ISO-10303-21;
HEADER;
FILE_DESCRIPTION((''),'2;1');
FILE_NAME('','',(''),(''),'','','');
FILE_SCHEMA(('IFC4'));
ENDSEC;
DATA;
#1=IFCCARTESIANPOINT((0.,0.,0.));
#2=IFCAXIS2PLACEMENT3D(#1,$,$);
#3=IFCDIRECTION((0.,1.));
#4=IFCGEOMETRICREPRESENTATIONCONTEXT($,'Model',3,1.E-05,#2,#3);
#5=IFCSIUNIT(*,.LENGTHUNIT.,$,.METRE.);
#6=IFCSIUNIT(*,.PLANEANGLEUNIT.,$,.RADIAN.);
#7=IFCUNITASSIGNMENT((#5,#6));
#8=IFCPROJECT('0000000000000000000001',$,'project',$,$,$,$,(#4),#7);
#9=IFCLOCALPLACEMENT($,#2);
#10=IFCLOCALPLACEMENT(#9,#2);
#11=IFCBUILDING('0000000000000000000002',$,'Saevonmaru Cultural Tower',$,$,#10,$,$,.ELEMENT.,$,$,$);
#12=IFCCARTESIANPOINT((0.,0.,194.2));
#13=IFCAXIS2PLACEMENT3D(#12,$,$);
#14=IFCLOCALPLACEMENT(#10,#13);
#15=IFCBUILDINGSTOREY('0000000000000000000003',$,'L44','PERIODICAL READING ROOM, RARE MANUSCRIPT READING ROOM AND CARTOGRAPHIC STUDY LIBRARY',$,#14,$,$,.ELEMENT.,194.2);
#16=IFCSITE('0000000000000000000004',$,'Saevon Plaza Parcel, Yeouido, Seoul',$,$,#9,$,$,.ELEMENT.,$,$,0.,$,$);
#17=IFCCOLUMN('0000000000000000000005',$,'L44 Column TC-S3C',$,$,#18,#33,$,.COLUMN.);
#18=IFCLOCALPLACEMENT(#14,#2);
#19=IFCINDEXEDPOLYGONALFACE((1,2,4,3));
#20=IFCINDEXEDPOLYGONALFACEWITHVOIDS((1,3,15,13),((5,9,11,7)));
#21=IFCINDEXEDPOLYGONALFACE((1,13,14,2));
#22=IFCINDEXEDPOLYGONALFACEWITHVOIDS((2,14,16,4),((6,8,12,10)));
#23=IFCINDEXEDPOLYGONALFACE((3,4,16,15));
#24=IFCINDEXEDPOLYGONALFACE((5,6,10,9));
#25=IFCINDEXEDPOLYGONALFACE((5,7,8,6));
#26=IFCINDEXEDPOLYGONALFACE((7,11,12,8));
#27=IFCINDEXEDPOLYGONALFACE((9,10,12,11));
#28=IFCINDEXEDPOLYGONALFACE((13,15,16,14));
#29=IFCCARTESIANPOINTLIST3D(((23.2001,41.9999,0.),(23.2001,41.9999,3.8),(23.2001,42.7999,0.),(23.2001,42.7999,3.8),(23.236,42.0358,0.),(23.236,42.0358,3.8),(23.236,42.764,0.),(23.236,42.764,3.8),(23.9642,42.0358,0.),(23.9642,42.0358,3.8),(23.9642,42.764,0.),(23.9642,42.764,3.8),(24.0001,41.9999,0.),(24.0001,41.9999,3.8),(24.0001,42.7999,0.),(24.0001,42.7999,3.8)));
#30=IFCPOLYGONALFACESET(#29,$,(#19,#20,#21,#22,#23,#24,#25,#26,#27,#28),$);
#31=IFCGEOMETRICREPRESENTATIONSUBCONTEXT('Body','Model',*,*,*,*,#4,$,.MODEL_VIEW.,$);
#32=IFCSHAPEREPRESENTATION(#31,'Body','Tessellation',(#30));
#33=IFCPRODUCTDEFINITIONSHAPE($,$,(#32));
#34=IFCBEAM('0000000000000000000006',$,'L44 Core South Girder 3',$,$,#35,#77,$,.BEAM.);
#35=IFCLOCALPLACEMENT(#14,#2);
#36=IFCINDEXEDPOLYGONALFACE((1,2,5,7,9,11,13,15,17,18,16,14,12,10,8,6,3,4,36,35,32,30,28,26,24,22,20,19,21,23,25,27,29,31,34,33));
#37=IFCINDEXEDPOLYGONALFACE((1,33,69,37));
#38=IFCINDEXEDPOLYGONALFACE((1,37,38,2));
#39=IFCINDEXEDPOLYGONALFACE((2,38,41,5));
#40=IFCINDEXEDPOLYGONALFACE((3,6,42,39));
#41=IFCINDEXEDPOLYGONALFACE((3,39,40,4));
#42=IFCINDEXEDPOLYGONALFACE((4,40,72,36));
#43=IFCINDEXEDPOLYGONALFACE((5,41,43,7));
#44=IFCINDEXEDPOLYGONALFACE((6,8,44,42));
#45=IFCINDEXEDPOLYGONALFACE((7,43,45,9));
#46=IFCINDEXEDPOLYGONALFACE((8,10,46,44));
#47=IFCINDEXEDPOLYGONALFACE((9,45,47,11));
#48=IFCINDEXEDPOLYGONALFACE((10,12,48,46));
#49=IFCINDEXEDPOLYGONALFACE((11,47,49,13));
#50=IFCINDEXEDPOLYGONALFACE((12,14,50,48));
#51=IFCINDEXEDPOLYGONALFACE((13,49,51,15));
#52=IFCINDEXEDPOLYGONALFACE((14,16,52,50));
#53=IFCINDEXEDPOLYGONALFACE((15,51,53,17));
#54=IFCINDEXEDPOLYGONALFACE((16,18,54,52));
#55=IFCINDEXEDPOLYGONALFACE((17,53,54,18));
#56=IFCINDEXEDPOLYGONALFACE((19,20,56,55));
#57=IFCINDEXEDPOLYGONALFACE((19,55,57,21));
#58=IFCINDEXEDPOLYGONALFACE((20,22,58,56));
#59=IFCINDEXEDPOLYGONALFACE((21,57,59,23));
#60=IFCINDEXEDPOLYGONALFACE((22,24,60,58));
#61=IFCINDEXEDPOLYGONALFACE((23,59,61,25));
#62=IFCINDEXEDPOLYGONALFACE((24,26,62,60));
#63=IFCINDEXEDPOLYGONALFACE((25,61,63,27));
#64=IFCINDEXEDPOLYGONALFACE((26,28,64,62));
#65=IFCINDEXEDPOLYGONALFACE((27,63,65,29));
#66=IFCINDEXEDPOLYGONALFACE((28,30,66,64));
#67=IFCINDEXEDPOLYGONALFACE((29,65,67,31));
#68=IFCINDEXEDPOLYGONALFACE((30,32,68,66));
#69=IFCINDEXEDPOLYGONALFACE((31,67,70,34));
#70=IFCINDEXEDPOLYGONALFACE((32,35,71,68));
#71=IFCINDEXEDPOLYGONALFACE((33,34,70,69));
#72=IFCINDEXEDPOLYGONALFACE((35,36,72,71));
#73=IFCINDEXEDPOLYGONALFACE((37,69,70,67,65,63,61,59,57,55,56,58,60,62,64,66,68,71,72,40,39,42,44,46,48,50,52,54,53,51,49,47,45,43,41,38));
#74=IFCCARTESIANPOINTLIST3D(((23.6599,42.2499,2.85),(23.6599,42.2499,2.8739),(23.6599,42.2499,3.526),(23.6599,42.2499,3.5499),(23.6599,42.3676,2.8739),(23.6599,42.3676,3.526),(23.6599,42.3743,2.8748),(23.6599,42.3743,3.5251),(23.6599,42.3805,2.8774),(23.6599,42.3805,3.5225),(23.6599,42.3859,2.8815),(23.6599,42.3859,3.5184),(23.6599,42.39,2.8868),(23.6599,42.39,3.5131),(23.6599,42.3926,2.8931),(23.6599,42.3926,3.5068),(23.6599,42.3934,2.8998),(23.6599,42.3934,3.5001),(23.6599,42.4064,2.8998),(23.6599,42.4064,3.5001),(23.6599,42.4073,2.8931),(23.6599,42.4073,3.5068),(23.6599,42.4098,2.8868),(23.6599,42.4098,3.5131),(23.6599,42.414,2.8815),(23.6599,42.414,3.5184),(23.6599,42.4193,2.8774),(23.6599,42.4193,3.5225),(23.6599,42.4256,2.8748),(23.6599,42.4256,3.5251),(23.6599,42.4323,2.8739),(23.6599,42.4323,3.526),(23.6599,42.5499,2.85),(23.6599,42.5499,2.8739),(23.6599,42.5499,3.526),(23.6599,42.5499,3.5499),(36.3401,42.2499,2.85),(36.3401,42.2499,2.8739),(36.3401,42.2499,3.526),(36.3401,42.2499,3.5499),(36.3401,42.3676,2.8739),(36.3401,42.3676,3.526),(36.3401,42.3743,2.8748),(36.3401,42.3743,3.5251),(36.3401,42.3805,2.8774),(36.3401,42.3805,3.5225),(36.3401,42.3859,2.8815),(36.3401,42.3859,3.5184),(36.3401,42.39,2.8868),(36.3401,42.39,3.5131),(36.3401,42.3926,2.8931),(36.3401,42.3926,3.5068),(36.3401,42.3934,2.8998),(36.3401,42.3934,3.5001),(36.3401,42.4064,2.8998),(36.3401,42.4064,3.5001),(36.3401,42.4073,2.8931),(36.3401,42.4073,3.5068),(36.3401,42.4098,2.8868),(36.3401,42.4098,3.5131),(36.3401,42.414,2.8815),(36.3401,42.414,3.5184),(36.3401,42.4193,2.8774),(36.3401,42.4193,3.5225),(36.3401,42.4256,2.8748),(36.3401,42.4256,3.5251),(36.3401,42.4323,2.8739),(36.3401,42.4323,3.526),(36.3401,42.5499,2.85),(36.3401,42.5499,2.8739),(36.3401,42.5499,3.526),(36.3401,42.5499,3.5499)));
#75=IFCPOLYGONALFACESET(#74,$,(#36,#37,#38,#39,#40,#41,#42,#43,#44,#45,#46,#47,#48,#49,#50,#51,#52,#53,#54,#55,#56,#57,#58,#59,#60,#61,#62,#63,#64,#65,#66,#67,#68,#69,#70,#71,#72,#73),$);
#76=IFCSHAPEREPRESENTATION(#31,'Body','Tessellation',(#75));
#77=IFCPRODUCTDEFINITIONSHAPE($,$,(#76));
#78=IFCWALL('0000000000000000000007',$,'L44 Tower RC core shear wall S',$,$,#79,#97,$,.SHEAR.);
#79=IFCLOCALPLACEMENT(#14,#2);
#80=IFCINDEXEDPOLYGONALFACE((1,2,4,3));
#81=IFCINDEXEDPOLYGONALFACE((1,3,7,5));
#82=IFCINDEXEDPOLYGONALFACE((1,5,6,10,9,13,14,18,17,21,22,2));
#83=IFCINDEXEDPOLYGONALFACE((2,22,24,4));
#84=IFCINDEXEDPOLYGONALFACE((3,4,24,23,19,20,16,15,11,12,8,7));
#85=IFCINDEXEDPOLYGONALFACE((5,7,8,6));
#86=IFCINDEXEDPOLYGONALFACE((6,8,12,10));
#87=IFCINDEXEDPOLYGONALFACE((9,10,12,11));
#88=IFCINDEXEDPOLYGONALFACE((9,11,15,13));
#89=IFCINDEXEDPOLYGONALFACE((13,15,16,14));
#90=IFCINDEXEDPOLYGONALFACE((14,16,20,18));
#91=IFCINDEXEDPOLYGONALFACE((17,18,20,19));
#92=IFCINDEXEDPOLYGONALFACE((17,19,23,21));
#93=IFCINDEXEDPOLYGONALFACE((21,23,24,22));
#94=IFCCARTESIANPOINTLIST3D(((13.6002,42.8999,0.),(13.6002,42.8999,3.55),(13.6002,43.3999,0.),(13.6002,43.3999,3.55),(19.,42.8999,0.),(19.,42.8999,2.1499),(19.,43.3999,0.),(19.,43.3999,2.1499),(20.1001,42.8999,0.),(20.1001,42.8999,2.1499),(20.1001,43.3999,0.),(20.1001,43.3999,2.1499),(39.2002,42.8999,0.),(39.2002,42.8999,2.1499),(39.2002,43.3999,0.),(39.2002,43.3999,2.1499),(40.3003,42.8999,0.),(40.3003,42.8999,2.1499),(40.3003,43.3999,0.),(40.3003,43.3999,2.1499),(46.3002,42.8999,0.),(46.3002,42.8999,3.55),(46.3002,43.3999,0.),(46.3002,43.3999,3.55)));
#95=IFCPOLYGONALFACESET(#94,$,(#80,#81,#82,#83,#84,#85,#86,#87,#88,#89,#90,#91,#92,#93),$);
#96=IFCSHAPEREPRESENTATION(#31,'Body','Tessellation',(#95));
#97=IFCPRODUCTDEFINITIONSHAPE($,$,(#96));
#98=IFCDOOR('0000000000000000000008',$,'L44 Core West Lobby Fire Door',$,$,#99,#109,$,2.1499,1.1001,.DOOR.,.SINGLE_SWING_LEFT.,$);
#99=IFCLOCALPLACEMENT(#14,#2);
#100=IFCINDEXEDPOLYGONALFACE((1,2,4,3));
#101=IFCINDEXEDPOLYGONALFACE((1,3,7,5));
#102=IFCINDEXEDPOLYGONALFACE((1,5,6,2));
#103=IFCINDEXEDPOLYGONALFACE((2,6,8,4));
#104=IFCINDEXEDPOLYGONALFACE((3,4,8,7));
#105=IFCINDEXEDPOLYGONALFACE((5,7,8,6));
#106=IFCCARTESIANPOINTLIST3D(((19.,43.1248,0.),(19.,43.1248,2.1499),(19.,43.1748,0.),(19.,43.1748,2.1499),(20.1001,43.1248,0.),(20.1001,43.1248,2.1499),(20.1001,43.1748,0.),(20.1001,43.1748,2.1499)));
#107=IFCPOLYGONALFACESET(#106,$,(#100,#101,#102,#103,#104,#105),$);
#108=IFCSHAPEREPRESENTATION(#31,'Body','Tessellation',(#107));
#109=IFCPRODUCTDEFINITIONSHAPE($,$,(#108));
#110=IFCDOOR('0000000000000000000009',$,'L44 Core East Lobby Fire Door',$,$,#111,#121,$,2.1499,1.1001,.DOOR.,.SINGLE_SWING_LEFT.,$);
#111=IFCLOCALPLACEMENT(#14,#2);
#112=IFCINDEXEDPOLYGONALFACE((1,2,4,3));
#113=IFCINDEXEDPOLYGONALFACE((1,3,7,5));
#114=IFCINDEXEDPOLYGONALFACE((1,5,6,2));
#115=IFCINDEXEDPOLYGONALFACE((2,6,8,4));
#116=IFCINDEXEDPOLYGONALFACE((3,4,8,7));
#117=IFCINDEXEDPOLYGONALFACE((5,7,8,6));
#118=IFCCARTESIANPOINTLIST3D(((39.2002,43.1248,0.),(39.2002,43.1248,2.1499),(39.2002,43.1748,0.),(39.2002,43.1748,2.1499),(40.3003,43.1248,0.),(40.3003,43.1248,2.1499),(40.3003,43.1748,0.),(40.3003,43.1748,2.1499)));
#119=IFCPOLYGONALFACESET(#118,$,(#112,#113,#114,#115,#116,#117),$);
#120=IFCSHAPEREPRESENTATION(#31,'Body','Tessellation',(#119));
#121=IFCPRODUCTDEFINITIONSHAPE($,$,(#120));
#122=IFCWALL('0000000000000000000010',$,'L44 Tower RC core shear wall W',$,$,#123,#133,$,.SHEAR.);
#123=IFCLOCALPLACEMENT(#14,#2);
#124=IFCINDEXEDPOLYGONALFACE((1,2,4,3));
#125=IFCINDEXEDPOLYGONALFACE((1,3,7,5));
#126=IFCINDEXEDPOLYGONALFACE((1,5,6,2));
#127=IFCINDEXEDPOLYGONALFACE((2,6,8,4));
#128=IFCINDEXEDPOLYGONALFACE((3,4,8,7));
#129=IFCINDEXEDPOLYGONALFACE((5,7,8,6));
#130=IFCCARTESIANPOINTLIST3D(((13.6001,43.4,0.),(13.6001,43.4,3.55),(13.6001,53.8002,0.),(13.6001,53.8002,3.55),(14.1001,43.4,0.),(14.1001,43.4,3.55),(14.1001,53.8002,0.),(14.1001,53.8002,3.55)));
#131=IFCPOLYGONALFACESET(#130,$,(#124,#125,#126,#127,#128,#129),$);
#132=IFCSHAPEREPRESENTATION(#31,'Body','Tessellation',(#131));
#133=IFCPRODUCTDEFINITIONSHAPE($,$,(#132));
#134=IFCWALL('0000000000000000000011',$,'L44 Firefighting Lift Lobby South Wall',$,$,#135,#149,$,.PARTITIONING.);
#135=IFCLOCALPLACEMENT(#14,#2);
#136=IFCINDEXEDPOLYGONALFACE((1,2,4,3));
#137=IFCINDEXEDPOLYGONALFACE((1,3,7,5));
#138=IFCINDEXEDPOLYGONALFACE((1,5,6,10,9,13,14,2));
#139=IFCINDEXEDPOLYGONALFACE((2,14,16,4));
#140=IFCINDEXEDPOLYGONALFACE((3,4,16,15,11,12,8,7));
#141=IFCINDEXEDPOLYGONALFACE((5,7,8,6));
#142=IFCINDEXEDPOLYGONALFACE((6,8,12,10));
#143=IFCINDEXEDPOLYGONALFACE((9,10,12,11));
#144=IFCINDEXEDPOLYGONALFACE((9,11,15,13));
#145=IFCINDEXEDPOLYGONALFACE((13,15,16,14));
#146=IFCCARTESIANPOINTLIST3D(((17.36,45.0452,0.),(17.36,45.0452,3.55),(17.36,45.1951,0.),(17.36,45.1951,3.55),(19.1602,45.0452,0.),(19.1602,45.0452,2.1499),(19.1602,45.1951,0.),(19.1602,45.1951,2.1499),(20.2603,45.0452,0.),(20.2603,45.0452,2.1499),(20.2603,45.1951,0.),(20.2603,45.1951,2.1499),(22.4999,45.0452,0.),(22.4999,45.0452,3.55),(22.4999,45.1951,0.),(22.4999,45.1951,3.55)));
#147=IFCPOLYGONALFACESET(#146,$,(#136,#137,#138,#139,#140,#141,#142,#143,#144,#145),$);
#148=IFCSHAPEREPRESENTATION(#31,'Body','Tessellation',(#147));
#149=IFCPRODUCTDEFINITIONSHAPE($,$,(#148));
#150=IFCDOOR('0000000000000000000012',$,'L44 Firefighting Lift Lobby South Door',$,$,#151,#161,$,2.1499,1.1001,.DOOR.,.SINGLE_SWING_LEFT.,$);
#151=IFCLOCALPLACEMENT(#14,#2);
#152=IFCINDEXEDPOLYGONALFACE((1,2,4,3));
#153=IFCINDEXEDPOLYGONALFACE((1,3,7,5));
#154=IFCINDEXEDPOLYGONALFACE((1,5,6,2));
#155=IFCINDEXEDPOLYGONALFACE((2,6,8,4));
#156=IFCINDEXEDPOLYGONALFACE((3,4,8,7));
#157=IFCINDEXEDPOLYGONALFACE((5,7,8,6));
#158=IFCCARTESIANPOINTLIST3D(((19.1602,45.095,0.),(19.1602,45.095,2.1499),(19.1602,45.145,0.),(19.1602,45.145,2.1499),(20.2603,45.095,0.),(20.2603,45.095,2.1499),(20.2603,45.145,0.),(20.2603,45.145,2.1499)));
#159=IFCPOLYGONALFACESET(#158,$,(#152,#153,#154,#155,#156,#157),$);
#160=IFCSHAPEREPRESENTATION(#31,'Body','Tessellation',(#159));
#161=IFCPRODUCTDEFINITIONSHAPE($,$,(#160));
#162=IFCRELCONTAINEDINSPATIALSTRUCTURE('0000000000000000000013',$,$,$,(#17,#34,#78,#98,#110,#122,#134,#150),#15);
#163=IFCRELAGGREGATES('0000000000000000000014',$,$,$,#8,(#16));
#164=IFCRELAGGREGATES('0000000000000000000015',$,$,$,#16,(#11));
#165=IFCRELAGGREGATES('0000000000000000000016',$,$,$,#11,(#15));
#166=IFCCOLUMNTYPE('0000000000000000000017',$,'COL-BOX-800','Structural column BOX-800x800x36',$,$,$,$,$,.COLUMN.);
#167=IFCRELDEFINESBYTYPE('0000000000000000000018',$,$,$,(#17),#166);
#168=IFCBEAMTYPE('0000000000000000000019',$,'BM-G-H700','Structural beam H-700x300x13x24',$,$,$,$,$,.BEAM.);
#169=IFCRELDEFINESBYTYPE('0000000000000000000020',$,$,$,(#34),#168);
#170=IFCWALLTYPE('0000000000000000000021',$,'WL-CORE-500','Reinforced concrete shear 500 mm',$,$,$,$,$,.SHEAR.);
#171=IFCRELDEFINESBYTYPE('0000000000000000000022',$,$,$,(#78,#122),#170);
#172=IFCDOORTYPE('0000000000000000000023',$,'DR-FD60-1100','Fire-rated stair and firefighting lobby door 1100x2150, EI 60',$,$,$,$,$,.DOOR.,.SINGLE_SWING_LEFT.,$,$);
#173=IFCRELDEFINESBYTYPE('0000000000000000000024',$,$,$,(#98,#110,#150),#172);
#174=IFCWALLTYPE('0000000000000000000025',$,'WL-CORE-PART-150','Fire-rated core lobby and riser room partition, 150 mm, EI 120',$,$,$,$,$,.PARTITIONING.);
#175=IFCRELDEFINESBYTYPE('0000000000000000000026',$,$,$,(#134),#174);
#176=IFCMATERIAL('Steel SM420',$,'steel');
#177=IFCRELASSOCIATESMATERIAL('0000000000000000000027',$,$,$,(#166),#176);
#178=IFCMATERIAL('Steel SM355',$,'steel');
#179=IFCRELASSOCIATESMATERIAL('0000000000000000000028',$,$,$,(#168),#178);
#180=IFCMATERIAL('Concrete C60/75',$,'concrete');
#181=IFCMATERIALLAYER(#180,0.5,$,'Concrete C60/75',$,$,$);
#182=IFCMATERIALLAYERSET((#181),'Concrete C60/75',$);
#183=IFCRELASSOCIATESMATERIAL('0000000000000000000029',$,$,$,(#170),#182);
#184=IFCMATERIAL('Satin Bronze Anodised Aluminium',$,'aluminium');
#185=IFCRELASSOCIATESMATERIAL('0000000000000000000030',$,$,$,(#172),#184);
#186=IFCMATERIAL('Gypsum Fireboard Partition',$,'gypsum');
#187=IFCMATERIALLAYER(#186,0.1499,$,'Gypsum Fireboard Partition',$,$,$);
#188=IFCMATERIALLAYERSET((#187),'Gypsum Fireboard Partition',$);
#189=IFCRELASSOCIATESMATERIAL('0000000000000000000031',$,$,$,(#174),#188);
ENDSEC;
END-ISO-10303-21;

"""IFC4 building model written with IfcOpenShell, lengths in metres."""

from ifc_helpers import new_model, si_unit, direction, frame, frame_2d, origin, origin_2d, place, context, subcontext, project, spatial, rectangle, hollow_rectangle, i_section, extrude, material, layer, layer_set, material_profile, profile_set, type_object, element, fill, save


model = new_model("IFC4")

# Units and contexts
model_context = context("Model", 3, precision=1e-05, world=origin(), true_north=direction((0.0, 1.0)))
body_context = subcontext(model_context, "Body", "Model", "MODEL_VIEW")
ifc_project = project(units=[si_unit("LENGTHUNIT", "METRE"), si_unit("PLANEANGLEUNIT", "RADIAN")], contexts=[model_context])

# Site, building, storey
site_placement = place(None, origin())
site = spatial("IfcSite", under=ifc_project, at=site_placement, Name="Saevon Plaza Parcel, Yeouido, Seoul", CompositionType="ELEMENT", RefElevation=0.0)
building_placement = place(site_placement, origin())
building = spatial("IfcBuilding", under=site, at=building_placement, Name="Saevonmaru Cultural Tower", CompositionType="ELEMENT")
storey_placement = place(building_placement, frame((0.0, 0.0, 194.2)))
storey = spatial("IfcBuildingStorey", under=building, at=storey_placement, Name="L44", Description="PERIODICAL READING ROOM, RARE MANUSCRIPT READING ROOM AND CARTOGRAPHIC STUDY LIBRARY", CompositionType="ELEMENT", Elevation=194.2)

# Column
ifc_material_1 = material(Name="Steel SM420", Category="steel")
ifc_material_profile_1 = material_profile(ifc_material_1, hollow_rectangle(XDim=0.8, YDim=0.8, WallThickness=0.0359, at=origin_2d()), Name="BOX-800x800x36")
ifc_profile_set_1 = profile_set([ifc_material_profile_1], Name="Steel SM420")
column_type = type_object("IfcColumnType", Name="COL-BOX-800", Description="Structural column BOX-800x800x36", PredefinedType="COLUMN", material=ifc_profile_set_1)
column_placement = place(storey_placement, frame((23.6001, 42.3999, 0.0), z_axis=(0.0, 0.0, 1.0), x_axis=(1.0, 0.0, 0.0)))
element("IfcColumn", 1, at=column_placement, inside=storey, type_object=column_type, Name="L44 Column TC-S3C", PredefinedType="COLUMN", context=body_context, shape_type="SweptSolid", body=[
    extrude(hollow_rectangle(XDim=0.8, YDim=0.8, WallThickness=0.0359, at=origin_2d()), origin(), (0.0, 0.0, 1.0), 3.8),
])

# Beam
ifc_material_2 = material(Name="Steel SM355", Category="steel")
ifc_material_profile_2 = material_profile(ifc_material_2, i_section(OverallWidth=0.3, OverallDepth=0.7, WebThickness=0.0129, FlangeThickness=0.0239, FilletRadius=0.0259, at=origin_2d()), Name="H-700x300x13x24")
ifc_profile_set_2 = profile_set([ifc_material_profile_2], Name="Steel SM355")
beam_type = type_object("IfcBeamType", Name="BM-G-H700", Description="Structural beam H-700x300x13x24", PredefinedType="BEAM", material=ifc_profile_set_2)
beam_placement = place(storey_placement, frame((23.6599, 42.3999, 3.2), z_axis=(1.0, 0.0, 0.0), x_axis=(0.0, 1.0, 0.0)))
element("IfcBeam", 2, at=beam_placement, inside=storey, type_object=beam_type, Name="L44 Core South Girder 3", PredefinedType="BEAM", context=body_context, shape_type="SweptSolid", body=[
    extrude(i_section(OverallWidth=0.3, OverallDepth=0.7, WebThickness=0.0129, FlangeThickness=0.0239, FilletRadius=0.0259, at=origin_2d()), origin(), (0.0, 0.0, 1.0), 12.6802),
])

# Wall, openings, doors
ifc_material_3 = material(Name="Concrete C60/75", Category="concrete")
ifc_layer_1 = layer(ifc_material_3, 0.5, Name="Concrete C60/75")
ifc_layer_set_1 = layer_set([ifc_layer_1], Name="Concrete C60/75")
wall_type_1 = type_object("IfcWallType", Name="WL-CORE-500", Description="Reinforced concrete shear 500 mm", PredefinedType="SHEAR", material=ifc_layer_set_1)
wall_1_placement = place(storey_placement, frame((13.6001, 43.1499, 0.0), z_axis=(0.0, 0.0, 1.0), x_axis=(1.0, 0.0, 0.0)))
wall_1 = element("IfcWall", 3, at=wall_1_placement, inside=storey, type_object=wall_type_1, Name="L44 Tower RC core shear wall S", PredefinedType="SHEAR", context=body_context, shape_type="SweptSolid", body=[
    extrude(rectangle(XDim=32.7, YDim=0.5, at=frame_2d((16.3501, 0.0))), origin(), (0.0, 0.0, 1.0), 3.55),
])
opening_1_placement = place(wall_1_placement, frame((5.3999, 0.0, 0.0)))
opening_1 = element("IfcOpeningElement", 4, at=opening_1_placement, cuts=wall_1, PredefinedType="OPENING", context=body_context, shape_type="SweptSolid", body=[
    extrude(rectangle(XDim=1.1001, YDim=2.1499, at=frame_2d((0.55, 1.075))), frame((0.0, 0.26, 0.0), z_axis=(0.0, -1.0, 0.0), x_axis=(1.0, 0.0, 0.0)), (0.0, 0.0, 1.0), 0.52),
])
opening_2_placement = place(wall_1_placement, frame((25.6001, 0.0, 0.0)))
opening_2 = element("IfcOpeningElement", 5, at=opening_2_placement, cuts=wall_1, PredefinedType="OPENING", context=body_context, shape_type="SweptSolid", body=[
    extrude(rectangle(XDim=1.1001, YDim=2.1499, at=frame_2d((0.55, 1.075))), frame((0.0, 0.26, 0.0), z_axis=(0.0, -1.0, 0.0), x_axis=(1.0, 0.0, 0.0)), (0.0, 0.0, 1.0), 0.52),
])
ifc_material_4 = material(Name="Satin Bronze Anodised Aluminium", Category="aluminium")
door_type_1 = type_object("IfcDoorType", Name="DR-FD60-1100", Description="Fire-rated stair and firefighting lobby door 1100x2150, EI 60", OperationType="SINGLE_SWING_LEFT", PredefinedType="DOOR", material=ifc_material_4)
door_1_placement = place(opening_1_placement, origin())
door_1 = element("IfcDoor", 6, at=door_1_placement, inside=storey, type_object=door_type_1, Name="L44 Core West Lobby Fire Door", OperationType="SINGLE_SWING_LEFT", OverallHeight=2.1499, OverallWidth=1.1001, PredefinedType="DOOR", context=body_context, shape_type="SweptSolid", body=[
    extrude(rectangle(XDim=1.1001, YDim=2.1499, at=frame_2d((0.55, 1.075))), frame((0.0, 0.0249, 0.0), z_axis=(0.0, -1.0, 0.0), x_axis=(1.0, 0.0, 0.0)), (0.0, 0.0, 1.0), 0.05),
])
fill(opening_1, door_1)
door_2_placement = place(opening_2_placement, origin())
door_2 = element("IfcDoor", 7, at=door_2_placement, inside=storey, type_object=door_type_1, Name="L44 Core East Lobby Fire Door", OperationType="SINGLE_SWING_LEFT", OverallHeight=2.1499, OverallWidth=1.1001, PredefinedType="DOOR", context=body_context, shape_type="SweptSolid", body=[
    extrude(rectangle(XDim=1.1001, YDim=2.1499, at=frame_2d((0.55, 1.075))), frame((0.0, 0.0249, 0.0), z_axis=(0.0, -1.0, 0.0), x_axis=(1.0, 0.0, 0.0)), (0.0, 0.0, 1.0), 0.05),
])
fill(opening_2, door_2)

# Wall
wall_2_placement = place(storey_placement, frame((13.8501, 43.3999, 0.0), z_axis=(0.0, 0.0, 1.0), x_axis=(0.0, 1.0, 0.0)))
element("IfcWall", 8, at=wall_2_placement, inside=storey, type_object=wall_type_1, Name="L44 Tower RC core shear wall W", PredefinedType="SHEAR", context=body_context, shape_type="SweptSolid", body=[
    extrude(rectangle(XDim=10.4001, YDim=0.5, at=frame_2d((5.2002, 0.0))), origin(), (0.0, 0.0, 1.0), 3.55),
])

# Wall, opening, door
ifc_material_5 = material(Name="Gypsum Fireboard Partition", Category="gypsum")
ifc_layer_2 = layer(ifc_material_5, 0.1499, Name="Gypsum Fireboard Partition")
ifc_layer_set_2 = layer_set([ifc_layer_2], Name="Gypsum Fireboard Partition")
wall_type_2 = type_object("IfcWallType", Name="WL-CORE-PART-150", Description="Fire-rated core lobby and riser room partition, 150 mm, EI 120", PredefinedType="PARTITIONING", material=ifc_layer_set_2)
wall_3_placement = place(storey_placement, frame((17.3601, 45.1201, 0.0), z_axis=(0.0, 0.0, 1.0), x_axis=(1.0, 0.0, 0.0)))
wall_3 = element("IfcWall", 9, at=wall_3_placement, inside=storey, type_object=wall_type_2, Name="L44 Firefighting Lift Lobby South Wall", PredefinedType="PARTITIONING", context=body_context, shape_type="SweptSolid", body=[
    extrude(rectangle(XDim=5.1399, YDim=0.1499, at=frame_2d((2.5698, 0.0))), origin(), (0.0, 0.0, 1.0), 3.55),
])
opening_3_placement = place(wall_3_placement, frame((1.8, 0.0, 0.0)))
opening_3 = element("IfcOpeningElement", 10, at=opening_3_placement, cuts=wall_3, PredefinedType="OPENING", context=body_context, shape_type="SweptSolid", body=[
    extrude(rectangle(XDim=1.1001, YDim=2.1499, at=frame_2d((0.55, 1.075))), frame((0.0, 0.085, 0.0), z_axis=(0.0, -1.0, 0.0), x_axis=(1.0, 0.0, 0.0)), (0.0, 0.0, 1.0), 0.1699),
])
door_3_placement = place(opening_3_placement, origin())
door_3 = element("IfcDoor", 11, at=door_3_placement, inside=storey, type_object=door_type_1, Name="L44 Firefighting Lift Lobby South Door", OperationType="SINGLE_SWING_LEFT", OverallHeight=2.1499, OverallWidth=1.1001, PredefinedType="DOOR", context=body_context, shape_type="SweptSolid", body=[
    extrude(rectangle(XDim=1.1001, YDim=2.1499, at=frame_2d((0.55, 1.075))), frame((0.0, 0.0249, 0.0), z_axis=(0.0, -1.0, 0.0), x_axis=(1.0, 0.0, 0.0)), (0.0, 0.0, 1.0), 0.05),
])
fill(opening_3, door_3)

save(model, "model.ifc")
